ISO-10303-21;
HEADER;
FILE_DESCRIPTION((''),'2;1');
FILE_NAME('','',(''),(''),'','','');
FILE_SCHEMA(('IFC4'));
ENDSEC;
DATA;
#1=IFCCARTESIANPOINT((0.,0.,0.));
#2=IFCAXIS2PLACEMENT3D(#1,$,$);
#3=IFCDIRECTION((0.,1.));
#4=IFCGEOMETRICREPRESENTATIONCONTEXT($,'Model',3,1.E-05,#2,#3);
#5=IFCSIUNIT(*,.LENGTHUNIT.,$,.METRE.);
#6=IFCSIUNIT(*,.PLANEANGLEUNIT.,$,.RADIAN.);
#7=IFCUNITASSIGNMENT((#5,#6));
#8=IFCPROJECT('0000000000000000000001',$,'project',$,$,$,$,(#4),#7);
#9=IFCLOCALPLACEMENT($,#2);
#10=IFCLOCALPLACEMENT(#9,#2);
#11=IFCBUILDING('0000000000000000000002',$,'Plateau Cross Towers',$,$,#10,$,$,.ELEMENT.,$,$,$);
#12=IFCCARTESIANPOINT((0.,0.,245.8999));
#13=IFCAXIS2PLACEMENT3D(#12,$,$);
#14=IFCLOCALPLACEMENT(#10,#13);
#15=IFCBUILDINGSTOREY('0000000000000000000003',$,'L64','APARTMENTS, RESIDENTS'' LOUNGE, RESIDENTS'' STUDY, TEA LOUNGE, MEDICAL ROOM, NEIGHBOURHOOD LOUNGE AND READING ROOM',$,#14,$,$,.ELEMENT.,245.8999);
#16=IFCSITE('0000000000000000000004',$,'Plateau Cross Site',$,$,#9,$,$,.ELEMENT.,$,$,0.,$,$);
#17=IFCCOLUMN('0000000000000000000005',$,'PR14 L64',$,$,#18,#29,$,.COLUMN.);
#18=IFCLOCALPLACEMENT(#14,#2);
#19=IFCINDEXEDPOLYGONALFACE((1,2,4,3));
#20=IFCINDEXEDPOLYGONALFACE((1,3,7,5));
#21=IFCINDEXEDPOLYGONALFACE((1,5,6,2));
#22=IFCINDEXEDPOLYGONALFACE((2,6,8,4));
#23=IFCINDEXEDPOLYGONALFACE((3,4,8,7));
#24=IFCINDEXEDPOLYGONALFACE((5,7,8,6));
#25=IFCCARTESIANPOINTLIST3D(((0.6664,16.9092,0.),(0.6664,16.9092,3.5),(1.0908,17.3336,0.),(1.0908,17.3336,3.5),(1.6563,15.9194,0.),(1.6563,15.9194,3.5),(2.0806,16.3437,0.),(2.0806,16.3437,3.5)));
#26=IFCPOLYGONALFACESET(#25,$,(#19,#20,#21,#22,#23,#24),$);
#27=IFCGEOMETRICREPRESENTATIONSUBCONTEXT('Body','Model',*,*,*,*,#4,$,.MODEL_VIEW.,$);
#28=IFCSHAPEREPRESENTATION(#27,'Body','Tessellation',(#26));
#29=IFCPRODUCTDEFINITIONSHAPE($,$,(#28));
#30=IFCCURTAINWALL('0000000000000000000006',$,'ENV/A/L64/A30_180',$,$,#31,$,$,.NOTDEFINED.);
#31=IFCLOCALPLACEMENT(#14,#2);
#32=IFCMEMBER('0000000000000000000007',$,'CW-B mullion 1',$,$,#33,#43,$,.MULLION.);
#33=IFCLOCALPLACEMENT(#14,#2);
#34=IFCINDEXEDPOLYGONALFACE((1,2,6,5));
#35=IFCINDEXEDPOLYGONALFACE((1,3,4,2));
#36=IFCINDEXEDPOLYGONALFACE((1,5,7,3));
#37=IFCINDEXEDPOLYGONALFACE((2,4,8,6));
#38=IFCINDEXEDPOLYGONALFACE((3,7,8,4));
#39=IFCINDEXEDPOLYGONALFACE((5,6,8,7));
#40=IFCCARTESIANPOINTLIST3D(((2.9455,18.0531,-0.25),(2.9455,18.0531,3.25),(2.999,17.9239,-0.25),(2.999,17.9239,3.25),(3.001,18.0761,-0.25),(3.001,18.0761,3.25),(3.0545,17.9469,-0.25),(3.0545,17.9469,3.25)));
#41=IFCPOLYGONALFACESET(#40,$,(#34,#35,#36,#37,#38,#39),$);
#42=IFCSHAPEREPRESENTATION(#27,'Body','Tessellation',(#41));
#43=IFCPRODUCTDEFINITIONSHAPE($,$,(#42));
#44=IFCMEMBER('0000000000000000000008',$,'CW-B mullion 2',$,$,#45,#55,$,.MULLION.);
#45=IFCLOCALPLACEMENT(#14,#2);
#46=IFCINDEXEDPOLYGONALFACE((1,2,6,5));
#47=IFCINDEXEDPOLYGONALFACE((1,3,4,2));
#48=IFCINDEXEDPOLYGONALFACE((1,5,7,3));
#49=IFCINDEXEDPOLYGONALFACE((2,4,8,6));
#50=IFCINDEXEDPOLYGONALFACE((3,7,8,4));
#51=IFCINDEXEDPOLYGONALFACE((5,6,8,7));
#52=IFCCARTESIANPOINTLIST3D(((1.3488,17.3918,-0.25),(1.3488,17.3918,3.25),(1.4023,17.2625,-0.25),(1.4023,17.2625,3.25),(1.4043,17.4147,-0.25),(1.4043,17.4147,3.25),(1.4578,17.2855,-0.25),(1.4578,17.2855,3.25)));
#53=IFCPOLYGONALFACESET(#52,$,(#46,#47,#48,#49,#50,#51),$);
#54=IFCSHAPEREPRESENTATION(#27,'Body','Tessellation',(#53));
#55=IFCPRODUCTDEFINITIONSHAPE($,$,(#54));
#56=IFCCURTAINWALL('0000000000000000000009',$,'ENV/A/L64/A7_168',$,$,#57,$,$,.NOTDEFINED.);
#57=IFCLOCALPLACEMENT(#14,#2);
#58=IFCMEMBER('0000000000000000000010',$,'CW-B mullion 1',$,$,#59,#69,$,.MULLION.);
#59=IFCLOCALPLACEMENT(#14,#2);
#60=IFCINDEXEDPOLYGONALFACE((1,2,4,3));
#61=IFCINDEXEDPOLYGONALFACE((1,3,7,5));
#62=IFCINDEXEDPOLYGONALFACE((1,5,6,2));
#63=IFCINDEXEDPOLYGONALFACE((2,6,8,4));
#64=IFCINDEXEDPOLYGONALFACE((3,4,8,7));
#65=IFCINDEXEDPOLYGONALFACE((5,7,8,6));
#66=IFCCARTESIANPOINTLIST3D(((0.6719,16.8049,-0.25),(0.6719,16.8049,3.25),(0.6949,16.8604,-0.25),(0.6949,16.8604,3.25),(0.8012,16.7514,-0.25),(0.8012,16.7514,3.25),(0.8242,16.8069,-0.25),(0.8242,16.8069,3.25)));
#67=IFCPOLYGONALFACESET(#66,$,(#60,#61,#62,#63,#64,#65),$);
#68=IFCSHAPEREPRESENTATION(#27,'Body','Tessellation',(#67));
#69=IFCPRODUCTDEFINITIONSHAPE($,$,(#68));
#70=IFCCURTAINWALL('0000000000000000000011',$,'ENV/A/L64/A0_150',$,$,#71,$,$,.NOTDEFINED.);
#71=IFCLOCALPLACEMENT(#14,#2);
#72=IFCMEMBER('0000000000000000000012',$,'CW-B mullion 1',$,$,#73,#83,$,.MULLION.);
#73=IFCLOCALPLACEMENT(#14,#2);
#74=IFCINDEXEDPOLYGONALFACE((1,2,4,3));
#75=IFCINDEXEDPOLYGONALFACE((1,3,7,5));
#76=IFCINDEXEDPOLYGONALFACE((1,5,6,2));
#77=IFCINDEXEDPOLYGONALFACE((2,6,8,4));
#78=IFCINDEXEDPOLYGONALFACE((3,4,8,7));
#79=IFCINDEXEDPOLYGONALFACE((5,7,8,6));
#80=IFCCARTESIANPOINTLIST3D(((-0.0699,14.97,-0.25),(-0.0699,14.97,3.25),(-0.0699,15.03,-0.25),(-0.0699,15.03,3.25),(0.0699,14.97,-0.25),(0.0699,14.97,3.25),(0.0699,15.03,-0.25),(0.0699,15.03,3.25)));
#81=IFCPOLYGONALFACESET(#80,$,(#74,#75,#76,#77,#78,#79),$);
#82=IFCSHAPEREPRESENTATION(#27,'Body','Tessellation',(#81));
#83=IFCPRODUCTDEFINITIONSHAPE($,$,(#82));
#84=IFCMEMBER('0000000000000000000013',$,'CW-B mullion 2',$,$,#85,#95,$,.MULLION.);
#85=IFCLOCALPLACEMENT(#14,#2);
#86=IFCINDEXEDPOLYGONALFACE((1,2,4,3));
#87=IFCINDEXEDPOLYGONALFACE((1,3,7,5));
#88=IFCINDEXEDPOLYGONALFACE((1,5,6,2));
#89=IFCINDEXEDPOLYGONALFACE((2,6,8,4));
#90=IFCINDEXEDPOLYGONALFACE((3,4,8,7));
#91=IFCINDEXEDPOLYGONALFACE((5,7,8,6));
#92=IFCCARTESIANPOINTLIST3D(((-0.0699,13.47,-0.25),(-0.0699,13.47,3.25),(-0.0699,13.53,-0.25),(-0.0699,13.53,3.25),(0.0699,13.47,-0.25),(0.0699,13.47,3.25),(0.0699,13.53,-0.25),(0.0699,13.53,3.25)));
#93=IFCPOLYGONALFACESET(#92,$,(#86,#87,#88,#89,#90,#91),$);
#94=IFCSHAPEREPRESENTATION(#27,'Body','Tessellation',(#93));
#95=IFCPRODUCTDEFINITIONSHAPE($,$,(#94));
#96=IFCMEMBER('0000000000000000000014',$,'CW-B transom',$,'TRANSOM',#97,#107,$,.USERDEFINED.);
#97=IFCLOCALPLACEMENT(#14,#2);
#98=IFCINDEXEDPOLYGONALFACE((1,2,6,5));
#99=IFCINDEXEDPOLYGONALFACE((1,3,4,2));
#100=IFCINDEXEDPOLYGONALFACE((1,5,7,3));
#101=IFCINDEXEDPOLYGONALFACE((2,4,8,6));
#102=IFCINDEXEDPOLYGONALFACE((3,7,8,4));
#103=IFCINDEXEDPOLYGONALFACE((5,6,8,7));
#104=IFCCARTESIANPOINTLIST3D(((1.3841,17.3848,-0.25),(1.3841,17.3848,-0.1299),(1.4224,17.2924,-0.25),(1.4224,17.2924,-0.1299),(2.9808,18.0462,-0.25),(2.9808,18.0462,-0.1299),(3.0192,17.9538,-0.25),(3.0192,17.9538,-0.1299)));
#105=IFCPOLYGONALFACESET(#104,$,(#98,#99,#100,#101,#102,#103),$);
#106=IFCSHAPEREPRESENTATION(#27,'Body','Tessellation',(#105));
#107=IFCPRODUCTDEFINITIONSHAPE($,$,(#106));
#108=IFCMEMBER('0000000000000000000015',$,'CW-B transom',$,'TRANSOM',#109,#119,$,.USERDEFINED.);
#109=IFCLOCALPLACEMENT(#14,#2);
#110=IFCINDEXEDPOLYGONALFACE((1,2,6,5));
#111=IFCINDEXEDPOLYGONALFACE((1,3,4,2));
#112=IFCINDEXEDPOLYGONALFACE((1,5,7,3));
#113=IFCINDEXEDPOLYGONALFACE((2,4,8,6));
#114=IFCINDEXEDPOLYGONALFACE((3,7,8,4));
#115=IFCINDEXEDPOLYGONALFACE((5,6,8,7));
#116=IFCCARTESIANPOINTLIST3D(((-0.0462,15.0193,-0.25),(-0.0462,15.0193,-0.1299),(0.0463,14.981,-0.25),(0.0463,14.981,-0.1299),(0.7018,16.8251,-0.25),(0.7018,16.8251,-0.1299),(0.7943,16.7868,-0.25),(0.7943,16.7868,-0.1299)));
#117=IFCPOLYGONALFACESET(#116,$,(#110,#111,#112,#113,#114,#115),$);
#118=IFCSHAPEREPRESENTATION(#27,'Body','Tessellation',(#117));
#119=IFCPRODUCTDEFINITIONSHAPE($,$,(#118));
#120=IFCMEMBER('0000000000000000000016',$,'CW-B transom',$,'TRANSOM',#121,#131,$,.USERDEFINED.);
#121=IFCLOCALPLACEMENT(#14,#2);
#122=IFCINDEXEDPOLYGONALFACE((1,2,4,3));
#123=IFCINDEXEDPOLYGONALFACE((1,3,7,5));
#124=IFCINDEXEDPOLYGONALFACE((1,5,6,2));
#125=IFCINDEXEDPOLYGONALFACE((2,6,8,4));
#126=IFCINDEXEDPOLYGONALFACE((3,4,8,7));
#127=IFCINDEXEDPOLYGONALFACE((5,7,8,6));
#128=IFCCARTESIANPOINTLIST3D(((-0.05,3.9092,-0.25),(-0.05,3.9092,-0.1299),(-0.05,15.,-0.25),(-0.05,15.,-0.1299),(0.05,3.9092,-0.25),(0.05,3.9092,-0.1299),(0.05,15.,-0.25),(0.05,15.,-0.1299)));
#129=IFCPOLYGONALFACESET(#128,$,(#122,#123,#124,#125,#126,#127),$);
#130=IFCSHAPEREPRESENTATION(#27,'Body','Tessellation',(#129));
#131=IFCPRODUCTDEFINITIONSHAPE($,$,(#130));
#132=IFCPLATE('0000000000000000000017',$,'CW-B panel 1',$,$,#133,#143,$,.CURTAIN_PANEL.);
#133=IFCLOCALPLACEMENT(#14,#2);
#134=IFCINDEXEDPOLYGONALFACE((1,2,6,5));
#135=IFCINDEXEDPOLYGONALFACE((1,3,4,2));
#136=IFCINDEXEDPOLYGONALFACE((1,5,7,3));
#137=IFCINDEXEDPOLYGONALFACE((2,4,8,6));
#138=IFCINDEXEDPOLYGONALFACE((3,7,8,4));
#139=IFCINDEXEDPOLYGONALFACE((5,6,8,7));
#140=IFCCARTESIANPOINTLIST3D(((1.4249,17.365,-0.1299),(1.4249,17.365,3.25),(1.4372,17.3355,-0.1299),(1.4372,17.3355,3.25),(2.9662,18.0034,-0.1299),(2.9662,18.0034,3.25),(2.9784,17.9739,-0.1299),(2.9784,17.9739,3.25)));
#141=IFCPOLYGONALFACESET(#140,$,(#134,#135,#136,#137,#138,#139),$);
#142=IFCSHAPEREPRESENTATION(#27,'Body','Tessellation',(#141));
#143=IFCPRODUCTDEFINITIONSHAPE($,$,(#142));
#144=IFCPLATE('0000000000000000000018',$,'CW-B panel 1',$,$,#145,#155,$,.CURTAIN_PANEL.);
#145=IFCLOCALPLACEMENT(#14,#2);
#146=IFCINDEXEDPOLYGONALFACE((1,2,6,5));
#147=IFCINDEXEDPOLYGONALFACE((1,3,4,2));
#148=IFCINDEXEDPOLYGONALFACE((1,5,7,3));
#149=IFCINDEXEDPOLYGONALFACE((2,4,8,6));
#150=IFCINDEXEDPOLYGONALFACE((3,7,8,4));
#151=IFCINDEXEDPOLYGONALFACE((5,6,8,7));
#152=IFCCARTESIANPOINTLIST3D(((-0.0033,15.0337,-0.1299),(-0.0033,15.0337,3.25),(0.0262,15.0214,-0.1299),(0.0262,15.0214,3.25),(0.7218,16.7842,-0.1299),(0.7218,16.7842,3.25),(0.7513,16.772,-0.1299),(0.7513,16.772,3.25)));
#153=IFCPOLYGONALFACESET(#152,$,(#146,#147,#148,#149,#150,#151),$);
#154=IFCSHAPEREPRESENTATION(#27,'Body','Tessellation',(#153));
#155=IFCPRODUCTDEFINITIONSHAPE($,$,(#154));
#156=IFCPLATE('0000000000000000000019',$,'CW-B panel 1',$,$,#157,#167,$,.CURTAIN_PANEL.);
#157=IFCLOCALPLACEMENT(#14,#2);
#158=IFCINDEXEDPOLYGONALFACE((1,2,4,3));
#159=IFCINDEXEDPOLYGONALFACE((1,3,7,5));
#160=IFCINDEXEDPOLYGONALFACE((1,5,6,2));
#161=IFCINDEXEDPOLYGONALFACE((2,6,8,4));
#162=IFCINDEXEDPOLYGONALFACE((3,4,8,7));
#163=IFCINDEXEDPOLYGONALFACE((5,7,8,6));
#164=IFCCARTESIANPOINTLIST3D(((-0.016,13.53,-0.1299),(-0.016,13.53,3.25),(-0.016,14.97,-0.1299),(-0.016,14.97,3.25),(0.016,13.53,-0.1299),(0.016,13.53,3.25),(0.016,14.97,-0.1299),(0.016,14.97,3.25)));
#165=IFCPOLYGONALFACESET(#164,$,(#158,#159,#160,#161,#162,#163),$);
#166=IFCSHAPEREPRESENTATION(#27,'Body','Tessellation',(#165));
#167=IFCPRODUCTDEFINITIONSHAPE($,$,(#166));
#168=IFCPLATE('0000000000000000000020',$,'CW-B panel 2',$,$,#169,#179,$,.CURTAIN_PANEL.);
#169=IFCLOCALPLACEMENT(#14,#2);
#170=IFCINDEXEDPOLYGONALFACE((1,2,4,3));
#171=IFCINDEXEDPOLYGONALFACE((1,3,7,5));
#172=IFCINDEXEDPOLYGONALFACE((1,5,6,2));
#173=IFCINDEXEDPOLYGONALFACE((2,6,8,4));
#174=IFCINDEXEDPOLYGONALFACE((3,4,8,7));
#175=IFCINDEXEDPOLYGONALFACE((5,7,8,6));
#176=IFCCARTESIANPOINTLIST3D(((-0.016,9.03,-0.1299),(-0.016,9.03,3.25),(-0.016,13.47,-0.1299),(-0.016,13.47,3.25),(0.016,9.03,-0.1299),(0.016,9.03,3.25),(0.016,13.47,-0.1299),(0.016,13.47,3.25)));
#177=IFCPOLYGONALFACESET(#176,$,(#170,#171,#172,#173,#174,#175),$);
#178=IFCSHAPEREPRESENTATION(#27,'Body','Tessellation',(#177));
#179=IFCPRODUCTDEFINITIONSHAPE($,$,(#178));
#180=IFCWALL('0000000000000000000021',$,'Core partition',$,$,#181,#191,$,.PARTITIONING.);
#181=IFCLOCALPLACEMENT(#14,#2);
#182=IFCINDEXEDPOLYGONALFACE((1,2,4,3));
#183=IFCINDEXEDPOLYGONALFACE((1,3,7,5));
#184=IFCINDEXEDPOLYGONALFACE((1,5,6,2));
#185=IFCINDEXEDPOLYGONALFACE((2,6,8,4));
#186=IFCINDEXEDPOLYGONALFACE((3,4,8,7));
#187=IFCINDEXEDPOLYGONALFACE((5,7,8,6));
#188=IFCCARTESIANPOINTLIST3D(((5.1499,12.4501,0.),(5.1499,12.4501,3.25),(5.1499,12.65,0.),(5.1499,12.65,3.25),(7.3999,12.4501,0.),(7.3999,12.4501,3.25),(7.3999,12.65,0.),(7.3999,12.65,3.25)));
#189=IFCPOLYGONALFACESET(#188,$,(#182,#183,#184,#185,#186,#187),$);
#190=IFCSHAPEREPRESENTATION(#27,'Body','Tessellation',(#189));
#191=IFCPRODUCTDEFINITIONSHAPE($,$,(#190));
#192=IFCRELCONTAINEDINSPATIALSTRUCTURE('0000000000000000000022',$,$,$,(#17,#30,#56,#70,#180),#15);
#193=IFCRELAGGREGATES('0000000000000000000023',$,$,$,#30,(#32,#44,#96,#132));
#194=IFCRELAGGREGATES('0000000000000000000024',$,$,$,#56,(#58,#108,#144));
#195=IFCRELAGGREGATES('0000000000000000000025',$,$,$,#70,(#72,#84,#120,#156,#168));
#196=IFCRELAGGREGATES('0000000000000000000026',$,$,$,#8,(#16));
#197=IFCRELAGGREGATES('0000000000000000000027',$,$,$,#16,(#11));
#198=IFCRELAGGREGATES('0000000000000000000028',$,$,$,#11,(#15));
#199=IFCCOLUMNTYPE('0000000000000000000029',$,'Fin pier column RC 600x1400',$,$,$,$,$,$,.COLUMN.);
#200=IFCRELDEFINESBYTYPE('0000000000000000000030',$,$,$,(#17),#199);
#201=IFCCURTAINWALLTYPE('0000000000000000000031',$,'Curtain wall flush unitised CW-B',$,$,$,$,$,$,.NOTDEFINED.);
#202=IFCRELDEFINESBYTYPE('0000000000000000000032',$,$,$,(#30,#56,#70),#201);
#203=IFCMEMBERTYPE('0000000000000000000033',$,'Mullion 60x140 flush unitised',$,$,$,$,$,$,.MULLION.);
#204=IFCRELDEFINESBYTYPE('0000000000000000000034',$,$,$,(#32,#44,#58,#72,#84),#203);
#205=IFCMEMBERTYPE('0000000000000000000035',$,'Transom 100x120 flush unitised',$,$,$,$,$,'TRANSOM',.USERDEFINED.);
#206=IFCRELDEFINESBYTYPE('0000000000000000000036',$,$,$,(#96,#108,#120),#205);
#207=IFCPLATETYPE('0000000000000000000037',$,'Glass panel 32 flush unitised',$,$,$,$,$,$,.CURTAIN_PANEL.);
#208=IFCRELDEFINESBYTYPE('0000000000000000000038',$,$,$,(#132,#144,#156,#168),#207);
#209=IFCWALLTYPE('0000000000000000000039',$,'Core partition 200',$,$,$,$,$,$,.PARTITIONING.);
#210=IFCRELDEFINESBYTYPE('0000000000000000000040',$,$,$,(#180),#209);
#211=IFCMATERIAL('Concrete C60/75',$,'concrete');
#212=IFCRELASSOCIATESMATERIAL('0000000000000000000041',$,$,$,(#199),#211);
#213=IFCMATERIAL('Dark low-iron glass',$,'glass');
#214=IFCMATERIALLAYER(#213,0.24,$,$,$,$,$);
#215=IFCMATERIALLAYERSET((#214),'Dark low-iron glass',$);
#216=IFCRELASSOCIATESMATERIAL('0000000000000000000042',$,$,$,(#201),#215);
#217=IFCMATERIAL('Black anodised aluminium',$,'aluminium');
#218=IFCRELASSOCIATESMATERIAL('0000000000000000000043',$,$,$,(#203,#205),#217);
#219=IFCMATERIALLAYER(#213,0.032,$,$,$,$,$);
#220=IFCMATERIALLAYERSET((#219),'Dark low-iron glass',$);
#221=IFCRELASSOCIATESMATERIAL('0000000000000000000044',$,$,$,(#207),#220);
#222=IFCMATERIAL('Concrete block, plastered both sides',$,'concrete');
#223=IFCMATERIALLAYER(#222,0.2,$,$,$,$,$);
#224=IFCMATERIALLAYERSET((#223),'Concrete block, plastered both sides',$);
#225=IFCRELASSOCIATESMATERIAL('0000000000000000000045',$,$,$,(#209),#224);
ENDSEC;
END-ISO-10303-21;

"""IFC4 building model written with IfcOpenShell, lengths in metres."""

from ifc_helpers import new_model, si_unit, direction, frame, frame_2d, origin, origin_2d, place, context, subcontext, project, spatial, rectangle, extrude, material, layer, layer_set, material_profile, profile_set, type_object, element, aggregate, save


model = new_model("IFC4")

# Units and contexts
model_context = context("Model", 3, precision=1e-05, world=origin(), true_north=direction((0.0, 1.0)))
body_context = subcontext(model_context, "Body", "Model", "MODEL_VIEW")
ifc_project = project(units=[si_unit("LENGTHUNIT", "METRE"), si_unit("PLANEANGLEUNIT", "RADIAN")], contexts=[model_context])

# Site, building, storey
site_placement = place(None, origin())
site = spatial("IfcSite", under=ifc_project, at=site_placement, Name="Plateau Cross Site", CompositionType="ELEMENT", RefElevation=0.0)
building_placement = place(site_placement, origin())
building = spatial("IfcBuilding", under=site, at=building_placement, Name="Plateau Cross Towers", CompositionType="ELEMENT")
storey_placement = place(building_placement, frame((0.0, 0.0, 245.8999)))
storey = spatial("IfcBuildingStorey", under=building, at=storey_placement, Name="L64", Description="APARTMENTS, RESIDENTS' LOUNGE, RESIDENTS' STUDY, TEA LOUNGE, MEDICAL ROOM, NEIGHBOURHOOD LOUNGE AND READING ROOM", CompositionType="ELEMENT", Elevation=245.8999)

# Column
ifc_material_1 = material(Name="Concrete C60/75", Category="concrete")
ifc_material_profile_1 = material_profile(ifc_material_1, rectangle(XDim=0.6001, YDim=1.3999, at=origin_2d()), Name="RC 600x1400")
ifc_profile_set_1 = profile_set([ifc_material_profile_1], Name="Concrete C60/75")
column_type = type_object("IfcColumnType", Name="Fin pier column RC 600x1400", PredefinedType="COLUMN", material=ifc_profile_set_1)
column_placement = place(storey_placement, frame((1.3735, 16.6265, 0.0), z_axis=(0.0, 0.0, 1.0), x_axis=(0.707107, 0.707107, 0.0)))
element("IfcColumn", 1, at=column_placement, inside=storey, type_object=column_type, Name="PR14 L64", PredefinedType="COLUMN", context=body_context, shape_type="SweptSolid", body=[
    extrude(rectangle(XDim=0.6001, YDim=1.3999, at=origin_2d()), origin(), (0.0, 0.0, 1.0), 3.5),
])

# Curtain wall, members
ifc_material_2 = material(Name="Dark low-iron glass", Category="glass")
ifc_layer_1 = layer(ifc_material_2, 0.24)
ifc_layer_set_1 = layer_set([ifc_layer_1], Name="Dark low-iron glass")
curtain_wall_type = type_object("IfcCurtainWallType", Name="Curtain wall flush unitised CW-B", PredefinedType="NOTDEFINED", material=ifc_layer_set_1)
curtain_wall_1_placement = place(storey_placement, origin())
curtain_wall_1 = element("IfcCurtainWall", 2, at=curtain_wall_1_placement, inside=storey, type_object=curtain_wall_type, Name="ENV/A/L64/A30_180", PredefinedType="NOTDEFINED")
ifc_material_3 = material(Name="Black anodised aluminium", Category="aluminium")
ifc_material_profile_2 = material_profile(ifc_material_3, rectangle(XDim=0.0601, YDim=0.1399, at=origin_2d()), Name="MULLION 60x140")
ifc_profile_set_2 = profile_set([ifc_material_profile_2], Name="Black anodised aluminium")
member_type_1 = type_object("IfcMemberType", Name="Mullion 60x140 flush unitised", PredefinedType="MULLION", material=ifc_profile_set_2)
member_1_placement = place(storey_placement, frame((3.0, 18.0, -0.25), z_axis=(0.0, 0.0, 1.0), x_axis=(-0.923879, -0.382684, 0.0)))
member_1 = element("IfcMember", 3, at=member_1_placement, type_object=member_type_1, Name="CW-B mullion 1", PredefinedType="MULLION", context=body_context, shape_type="SweptSolid", body=[
    extrude(rectangle(XDim=0.0601, YDim=0.1399, at=origin_2d()), origin(), (0.0, 0.0, 1.0), 3.5),
])
member_2_placement = place(storey_placement, frame((1.4033, 17.3386, -0.25), z_axis=(0.0, 0.0, 1.0), x_axis=(-0.923879, -0.382684, 0.0)))
member_2 = element("IfcMember", 4, at=member_2_placement, type_object=member_type_1, Name="CW-B mullion 2", PredefinedType="MULLION", context=body_context, shape_type="SweptSolid", body=[
    extrude(rectangle(XDim=0.0601, YDim=0.1399, at=origin_2d()), origin(), (0.0, 0.0, 1.0), 3.5),
])

# Curtain wall, member
curtain_wall_2_placement = place(storey_placement, origin())
curtain_wall_2 = element("IfcCurtainWall", 5, at=curtain_wall_2_placement, inside=storey, type_object=curtain_wall_type, Name="ENV/A/L64/A7_168", PredefinedType="NOTDEFINED")
member_3_placement = place(storey_placement, frame((0.748, 16.8059, -0.25), z_axis=(0.0, 0.0, 1.0), x_axis=(-0.382684, -0.923879, 0.0)))
member_3 = element("IfcMember", 6, at=member_3_placement, type_object=member_type_1, Name="CW-B mullion 1", PredefinedType="MULLION", context=body_context, shape_type="SweptSolid", body=[
    extrude(rectangle(XDim=0.0601, YDim=0.1399, at=origin_2d()), origin(), (0.0, 0.0, 1.0), 3.5),
])

# Curtain wall, members
curtain_wall_3_placement = place(storey_placement, origin())
curtain_wall_3 = element("IfcCurtainWall", 7, at=curtain_wall_3_placement, inside=storey, type_object=curtain_wall_type, Name="ENV/A/L64/A0_150", PredefinedType="NOTDEFINED")
member_4_placement = place(storey_placement, frame((0.0, 15.0, -0.25), z_axis=(0.0, 0.0, 1.0), x_axis=(0.0, -1.0, 0.0)))
member_4 = element("IfcMember", 8, at=member_4_placement, type_object=member_type_1, Name="CW-B mullion 1", PredefinedType="MULLION", context=body_context, shape_type="SweptSolid", body=[
    extrude(rectangle(XDim=0.0601, YDim=0.1399, at=origin_2d()), origin(), (0.0, 0.0, 1.0), 3.5),
])
member_5_placement = place(storey_placement, frame((0.0, 13.5, -0.25), z_axis=(0.0, 0.0, 1.0), x_axis=(0.0, -1.0, 0.0)))
member_5 = element("IfcMember", 9, at=member_5_placement, type_object=member_type_1, Name="CW-B mullion 2", PredefinedType="MULLION", context=body_context, shape_type="SweptSolid", body=[
    extrude(rectangle(XDim=0.0601, YDim=0.1399, at=origin_2d()), origin(), (0.0, 0.0, 1.0), 3.5),
])

# Members
ifc_material_profile_3 = material_profile(ifc_material_3, rectangle(XDim=0.1001, YDim=0.1201, at=origin_2d()), Name="TRANSOM 100x120")
ifc_profile_set_3 = profile_set([ifc_material_profile_3], Name="Black anodised aluminium")
member_type_2 = type_object("IfcMemberType", Name="Transom 100x120 flush unitised", ElementType="TRANSOM", PredefinedType="USERDEFINED", material=ifc_profile_set_3)
member_6_placement = place(storey_placement, frame((3.0, 18.0, -0.1899), z_axis=(-0.923877, -0.382689, 0.0), x_axis=(0.382689, -0.923877, 0.0)))
member_6 = element("IfcMember", 10, at=member_6_placement, type_object=member_type_2, Name="CW-B transom", ObjectType="TRANSOM", PredefinedType="USERDEFINED", context=body_context, shape_type="SweptSolid", body=[
    extrude(rectangle(XDim=0.1001, YDim=0.1201, at=origin_2d()), origin(), (0.0, 0.0, 1.0), 1.7283),
])
member_7_placement = place(storey_placement, frame((0.748, 16.8059, -0.1899), z_axis=(-0.38269, -0.923877, 0.0), x_axis=(0.923877, -0.38269, 0.0)))
member_7 = element("IfcMember", 11, at=member_7_placement, type_object=member_type_2, Name="CW-B transom", ObjectType="TRANSOM", PredefinedType="USERDEFINED", context=body_context, shape_type="SweptSolid", body=[
    extrude(rectangle(XDim=0.1001, YDim=0.1201, at=origin_2d()), origin(), (0.0, 0.0, 1.0), 1.9546),
])
member_8_placement = place(storey_placement, frame((0.0, 15.0, -0.1899), z_axis=(0.0, -1.0, 0.0), x_axis=(1.0, 0.0, 0.0)))
member_8 = element("IfcMember", 12, at=member_8_placement, type_object=member_type_2, Name="CW-B transom", ObjectType="TRANSOM", PredefinedType="USERDEFINED", context=body_context, shape_type="SweptSolid", body=[
    extrude(rectangle(XDim=0.1001, YDim=0.1201, at=origin_2d()), origin(), (0.0, 0.0, 1.0), 11.0908),
])

# Plates
ifc_layer_2 = layer(ifc_material_2, 0.032)
ifc_layer_set_2 = layer_set([ifc_layer_2], Name="Dark low-iron glass")
plate_type = type_object("IfcPlateType", Name="Glass panel 32 flush unitised", PredefinedType="CURTAIN_PANEL", material=ifc_layer_set_2)
plate_1_placement = place(storey_placement, frame((2.2017, 17.6694, -0.1299), z_axis=(0.0, 0.0, 1.0), x_axis=(-0.923879, -0.382684, 0.0)))
plate_1 = element("IfcPlate", 13, at=plate_1_placement, type_object=plate_type, Name="CW-B panel 1", PredefinedType="CURTAIN_PANEL", context=body_context, shape_type="SweptSolid", body=[
    extrude(rectangle(XDim=1.6682, YDim=0.032, at=origin_2d()), origin(), (0.0, 0.0, 1.0), 3.3799),
])
aggregate(curtain_wall_1, [member_1, member_2, member_6, plate_1])
plate_2_placement = place(storey_placement, frame((0.374, 15.9028, -0.1299), z_axis=(0.0, 0.0, 1.0), x_axis=(-0.382684, -0.923879, 0.0)))
plate_2 = element("IfcPlate", 14, at=plate_2_placement, type_object=plate_type, Name="CW-B panel 1", PredefinedType="CURTAIN_PANEL", context=body_context, shape_type="SweptSolid", body=[
    extrude(rectangle(XDim=1.8948, YDim=0.032, at=origin_2d()), origin(), (0.0, 0.0, 1.0), 3.3799),
])
aggregate(curtain_wall_2, [member_3, member_7, plate_2])
plate_3_placement = place(storey_placement, frame((0.0, 14.25, -0.1299), z_axis=(0.0, 0.0, 1.0), x_axis=(0.0, -1.0, 0.0)))
plate_3 = element("IfcPlate", 15, at=plate_3_placement, type_object=plate_type, Name="CW-B panel 1", PredefinedType="CURTAIN_PANEL", context=body_context, shape_type="SweptSolid", body=[
    extrude(rectangle(XDim=1.4399, YDim=0.032, at=origin_2d()), origin(), (0.0, 0.0, 1.0), 3.3799),
])
plate_4_placement = place(storey_placement, frame((0.0, 11.25, -0.1299), z_axis=(0.0, 0.0, 1.0), x_axis=(0.0, -1.0, 0.0)))
plate_4 = element("IfcPlate", 16, at=plate_4_placement, type_object=plate_type, Name="CW-B panel 2", PredefinedType="CURTAIN_PANEL", context=body_context, shape_type="SweptSolid", body=[
    extrude(rectangle(XDim=4.4399, YDim=0.032, at=origin_2d()), origin(), (0.0, 0.0, 1.0), 3.3799),
])
aggregate(curtain_wall_3, [member_4, member_5, member_8, plate_3, plate_4])

# Wall
ifc_material_4 = material(Name="Concrete block, plastered both sides", Category="concrete")
ifc_layer_3 = layer(ifc_material_4, 0.2)
ifc_layer_set_3 = layer_set([ifc_layer_3], Name="Concrete block, plastered both sides")
wall_type_1 = type_object("IfcWallType", Name="Core partition 200", PredefinedType="PARTITIONING", material=ifc_layer_set_3)
for number, where, z_axis, x_axis, name in (
    (17, (5.1499, 12.55, 0.0), (0.0, 0.0, 1.0), (1.0, 0.0, 0.0), "Core partition"),
):
    element("IfcWall", number, at=place(storey_placement, frame(where, z_axis=z_axis, x_axis=x_axis)), inside=storey, type_object=wall_type_1, Name=name, PredefinedType="PARTITIONING", context=body_context, shape_type="SweptSolid", body=[
        extrude(rectangle(XDim=2.25, YDim=0.2, at=frame_2d((1.125, 0.0))), origin(), (0.0, 0.0, 1.0), 3.25),
    ])

save(model, "model.ifc")
